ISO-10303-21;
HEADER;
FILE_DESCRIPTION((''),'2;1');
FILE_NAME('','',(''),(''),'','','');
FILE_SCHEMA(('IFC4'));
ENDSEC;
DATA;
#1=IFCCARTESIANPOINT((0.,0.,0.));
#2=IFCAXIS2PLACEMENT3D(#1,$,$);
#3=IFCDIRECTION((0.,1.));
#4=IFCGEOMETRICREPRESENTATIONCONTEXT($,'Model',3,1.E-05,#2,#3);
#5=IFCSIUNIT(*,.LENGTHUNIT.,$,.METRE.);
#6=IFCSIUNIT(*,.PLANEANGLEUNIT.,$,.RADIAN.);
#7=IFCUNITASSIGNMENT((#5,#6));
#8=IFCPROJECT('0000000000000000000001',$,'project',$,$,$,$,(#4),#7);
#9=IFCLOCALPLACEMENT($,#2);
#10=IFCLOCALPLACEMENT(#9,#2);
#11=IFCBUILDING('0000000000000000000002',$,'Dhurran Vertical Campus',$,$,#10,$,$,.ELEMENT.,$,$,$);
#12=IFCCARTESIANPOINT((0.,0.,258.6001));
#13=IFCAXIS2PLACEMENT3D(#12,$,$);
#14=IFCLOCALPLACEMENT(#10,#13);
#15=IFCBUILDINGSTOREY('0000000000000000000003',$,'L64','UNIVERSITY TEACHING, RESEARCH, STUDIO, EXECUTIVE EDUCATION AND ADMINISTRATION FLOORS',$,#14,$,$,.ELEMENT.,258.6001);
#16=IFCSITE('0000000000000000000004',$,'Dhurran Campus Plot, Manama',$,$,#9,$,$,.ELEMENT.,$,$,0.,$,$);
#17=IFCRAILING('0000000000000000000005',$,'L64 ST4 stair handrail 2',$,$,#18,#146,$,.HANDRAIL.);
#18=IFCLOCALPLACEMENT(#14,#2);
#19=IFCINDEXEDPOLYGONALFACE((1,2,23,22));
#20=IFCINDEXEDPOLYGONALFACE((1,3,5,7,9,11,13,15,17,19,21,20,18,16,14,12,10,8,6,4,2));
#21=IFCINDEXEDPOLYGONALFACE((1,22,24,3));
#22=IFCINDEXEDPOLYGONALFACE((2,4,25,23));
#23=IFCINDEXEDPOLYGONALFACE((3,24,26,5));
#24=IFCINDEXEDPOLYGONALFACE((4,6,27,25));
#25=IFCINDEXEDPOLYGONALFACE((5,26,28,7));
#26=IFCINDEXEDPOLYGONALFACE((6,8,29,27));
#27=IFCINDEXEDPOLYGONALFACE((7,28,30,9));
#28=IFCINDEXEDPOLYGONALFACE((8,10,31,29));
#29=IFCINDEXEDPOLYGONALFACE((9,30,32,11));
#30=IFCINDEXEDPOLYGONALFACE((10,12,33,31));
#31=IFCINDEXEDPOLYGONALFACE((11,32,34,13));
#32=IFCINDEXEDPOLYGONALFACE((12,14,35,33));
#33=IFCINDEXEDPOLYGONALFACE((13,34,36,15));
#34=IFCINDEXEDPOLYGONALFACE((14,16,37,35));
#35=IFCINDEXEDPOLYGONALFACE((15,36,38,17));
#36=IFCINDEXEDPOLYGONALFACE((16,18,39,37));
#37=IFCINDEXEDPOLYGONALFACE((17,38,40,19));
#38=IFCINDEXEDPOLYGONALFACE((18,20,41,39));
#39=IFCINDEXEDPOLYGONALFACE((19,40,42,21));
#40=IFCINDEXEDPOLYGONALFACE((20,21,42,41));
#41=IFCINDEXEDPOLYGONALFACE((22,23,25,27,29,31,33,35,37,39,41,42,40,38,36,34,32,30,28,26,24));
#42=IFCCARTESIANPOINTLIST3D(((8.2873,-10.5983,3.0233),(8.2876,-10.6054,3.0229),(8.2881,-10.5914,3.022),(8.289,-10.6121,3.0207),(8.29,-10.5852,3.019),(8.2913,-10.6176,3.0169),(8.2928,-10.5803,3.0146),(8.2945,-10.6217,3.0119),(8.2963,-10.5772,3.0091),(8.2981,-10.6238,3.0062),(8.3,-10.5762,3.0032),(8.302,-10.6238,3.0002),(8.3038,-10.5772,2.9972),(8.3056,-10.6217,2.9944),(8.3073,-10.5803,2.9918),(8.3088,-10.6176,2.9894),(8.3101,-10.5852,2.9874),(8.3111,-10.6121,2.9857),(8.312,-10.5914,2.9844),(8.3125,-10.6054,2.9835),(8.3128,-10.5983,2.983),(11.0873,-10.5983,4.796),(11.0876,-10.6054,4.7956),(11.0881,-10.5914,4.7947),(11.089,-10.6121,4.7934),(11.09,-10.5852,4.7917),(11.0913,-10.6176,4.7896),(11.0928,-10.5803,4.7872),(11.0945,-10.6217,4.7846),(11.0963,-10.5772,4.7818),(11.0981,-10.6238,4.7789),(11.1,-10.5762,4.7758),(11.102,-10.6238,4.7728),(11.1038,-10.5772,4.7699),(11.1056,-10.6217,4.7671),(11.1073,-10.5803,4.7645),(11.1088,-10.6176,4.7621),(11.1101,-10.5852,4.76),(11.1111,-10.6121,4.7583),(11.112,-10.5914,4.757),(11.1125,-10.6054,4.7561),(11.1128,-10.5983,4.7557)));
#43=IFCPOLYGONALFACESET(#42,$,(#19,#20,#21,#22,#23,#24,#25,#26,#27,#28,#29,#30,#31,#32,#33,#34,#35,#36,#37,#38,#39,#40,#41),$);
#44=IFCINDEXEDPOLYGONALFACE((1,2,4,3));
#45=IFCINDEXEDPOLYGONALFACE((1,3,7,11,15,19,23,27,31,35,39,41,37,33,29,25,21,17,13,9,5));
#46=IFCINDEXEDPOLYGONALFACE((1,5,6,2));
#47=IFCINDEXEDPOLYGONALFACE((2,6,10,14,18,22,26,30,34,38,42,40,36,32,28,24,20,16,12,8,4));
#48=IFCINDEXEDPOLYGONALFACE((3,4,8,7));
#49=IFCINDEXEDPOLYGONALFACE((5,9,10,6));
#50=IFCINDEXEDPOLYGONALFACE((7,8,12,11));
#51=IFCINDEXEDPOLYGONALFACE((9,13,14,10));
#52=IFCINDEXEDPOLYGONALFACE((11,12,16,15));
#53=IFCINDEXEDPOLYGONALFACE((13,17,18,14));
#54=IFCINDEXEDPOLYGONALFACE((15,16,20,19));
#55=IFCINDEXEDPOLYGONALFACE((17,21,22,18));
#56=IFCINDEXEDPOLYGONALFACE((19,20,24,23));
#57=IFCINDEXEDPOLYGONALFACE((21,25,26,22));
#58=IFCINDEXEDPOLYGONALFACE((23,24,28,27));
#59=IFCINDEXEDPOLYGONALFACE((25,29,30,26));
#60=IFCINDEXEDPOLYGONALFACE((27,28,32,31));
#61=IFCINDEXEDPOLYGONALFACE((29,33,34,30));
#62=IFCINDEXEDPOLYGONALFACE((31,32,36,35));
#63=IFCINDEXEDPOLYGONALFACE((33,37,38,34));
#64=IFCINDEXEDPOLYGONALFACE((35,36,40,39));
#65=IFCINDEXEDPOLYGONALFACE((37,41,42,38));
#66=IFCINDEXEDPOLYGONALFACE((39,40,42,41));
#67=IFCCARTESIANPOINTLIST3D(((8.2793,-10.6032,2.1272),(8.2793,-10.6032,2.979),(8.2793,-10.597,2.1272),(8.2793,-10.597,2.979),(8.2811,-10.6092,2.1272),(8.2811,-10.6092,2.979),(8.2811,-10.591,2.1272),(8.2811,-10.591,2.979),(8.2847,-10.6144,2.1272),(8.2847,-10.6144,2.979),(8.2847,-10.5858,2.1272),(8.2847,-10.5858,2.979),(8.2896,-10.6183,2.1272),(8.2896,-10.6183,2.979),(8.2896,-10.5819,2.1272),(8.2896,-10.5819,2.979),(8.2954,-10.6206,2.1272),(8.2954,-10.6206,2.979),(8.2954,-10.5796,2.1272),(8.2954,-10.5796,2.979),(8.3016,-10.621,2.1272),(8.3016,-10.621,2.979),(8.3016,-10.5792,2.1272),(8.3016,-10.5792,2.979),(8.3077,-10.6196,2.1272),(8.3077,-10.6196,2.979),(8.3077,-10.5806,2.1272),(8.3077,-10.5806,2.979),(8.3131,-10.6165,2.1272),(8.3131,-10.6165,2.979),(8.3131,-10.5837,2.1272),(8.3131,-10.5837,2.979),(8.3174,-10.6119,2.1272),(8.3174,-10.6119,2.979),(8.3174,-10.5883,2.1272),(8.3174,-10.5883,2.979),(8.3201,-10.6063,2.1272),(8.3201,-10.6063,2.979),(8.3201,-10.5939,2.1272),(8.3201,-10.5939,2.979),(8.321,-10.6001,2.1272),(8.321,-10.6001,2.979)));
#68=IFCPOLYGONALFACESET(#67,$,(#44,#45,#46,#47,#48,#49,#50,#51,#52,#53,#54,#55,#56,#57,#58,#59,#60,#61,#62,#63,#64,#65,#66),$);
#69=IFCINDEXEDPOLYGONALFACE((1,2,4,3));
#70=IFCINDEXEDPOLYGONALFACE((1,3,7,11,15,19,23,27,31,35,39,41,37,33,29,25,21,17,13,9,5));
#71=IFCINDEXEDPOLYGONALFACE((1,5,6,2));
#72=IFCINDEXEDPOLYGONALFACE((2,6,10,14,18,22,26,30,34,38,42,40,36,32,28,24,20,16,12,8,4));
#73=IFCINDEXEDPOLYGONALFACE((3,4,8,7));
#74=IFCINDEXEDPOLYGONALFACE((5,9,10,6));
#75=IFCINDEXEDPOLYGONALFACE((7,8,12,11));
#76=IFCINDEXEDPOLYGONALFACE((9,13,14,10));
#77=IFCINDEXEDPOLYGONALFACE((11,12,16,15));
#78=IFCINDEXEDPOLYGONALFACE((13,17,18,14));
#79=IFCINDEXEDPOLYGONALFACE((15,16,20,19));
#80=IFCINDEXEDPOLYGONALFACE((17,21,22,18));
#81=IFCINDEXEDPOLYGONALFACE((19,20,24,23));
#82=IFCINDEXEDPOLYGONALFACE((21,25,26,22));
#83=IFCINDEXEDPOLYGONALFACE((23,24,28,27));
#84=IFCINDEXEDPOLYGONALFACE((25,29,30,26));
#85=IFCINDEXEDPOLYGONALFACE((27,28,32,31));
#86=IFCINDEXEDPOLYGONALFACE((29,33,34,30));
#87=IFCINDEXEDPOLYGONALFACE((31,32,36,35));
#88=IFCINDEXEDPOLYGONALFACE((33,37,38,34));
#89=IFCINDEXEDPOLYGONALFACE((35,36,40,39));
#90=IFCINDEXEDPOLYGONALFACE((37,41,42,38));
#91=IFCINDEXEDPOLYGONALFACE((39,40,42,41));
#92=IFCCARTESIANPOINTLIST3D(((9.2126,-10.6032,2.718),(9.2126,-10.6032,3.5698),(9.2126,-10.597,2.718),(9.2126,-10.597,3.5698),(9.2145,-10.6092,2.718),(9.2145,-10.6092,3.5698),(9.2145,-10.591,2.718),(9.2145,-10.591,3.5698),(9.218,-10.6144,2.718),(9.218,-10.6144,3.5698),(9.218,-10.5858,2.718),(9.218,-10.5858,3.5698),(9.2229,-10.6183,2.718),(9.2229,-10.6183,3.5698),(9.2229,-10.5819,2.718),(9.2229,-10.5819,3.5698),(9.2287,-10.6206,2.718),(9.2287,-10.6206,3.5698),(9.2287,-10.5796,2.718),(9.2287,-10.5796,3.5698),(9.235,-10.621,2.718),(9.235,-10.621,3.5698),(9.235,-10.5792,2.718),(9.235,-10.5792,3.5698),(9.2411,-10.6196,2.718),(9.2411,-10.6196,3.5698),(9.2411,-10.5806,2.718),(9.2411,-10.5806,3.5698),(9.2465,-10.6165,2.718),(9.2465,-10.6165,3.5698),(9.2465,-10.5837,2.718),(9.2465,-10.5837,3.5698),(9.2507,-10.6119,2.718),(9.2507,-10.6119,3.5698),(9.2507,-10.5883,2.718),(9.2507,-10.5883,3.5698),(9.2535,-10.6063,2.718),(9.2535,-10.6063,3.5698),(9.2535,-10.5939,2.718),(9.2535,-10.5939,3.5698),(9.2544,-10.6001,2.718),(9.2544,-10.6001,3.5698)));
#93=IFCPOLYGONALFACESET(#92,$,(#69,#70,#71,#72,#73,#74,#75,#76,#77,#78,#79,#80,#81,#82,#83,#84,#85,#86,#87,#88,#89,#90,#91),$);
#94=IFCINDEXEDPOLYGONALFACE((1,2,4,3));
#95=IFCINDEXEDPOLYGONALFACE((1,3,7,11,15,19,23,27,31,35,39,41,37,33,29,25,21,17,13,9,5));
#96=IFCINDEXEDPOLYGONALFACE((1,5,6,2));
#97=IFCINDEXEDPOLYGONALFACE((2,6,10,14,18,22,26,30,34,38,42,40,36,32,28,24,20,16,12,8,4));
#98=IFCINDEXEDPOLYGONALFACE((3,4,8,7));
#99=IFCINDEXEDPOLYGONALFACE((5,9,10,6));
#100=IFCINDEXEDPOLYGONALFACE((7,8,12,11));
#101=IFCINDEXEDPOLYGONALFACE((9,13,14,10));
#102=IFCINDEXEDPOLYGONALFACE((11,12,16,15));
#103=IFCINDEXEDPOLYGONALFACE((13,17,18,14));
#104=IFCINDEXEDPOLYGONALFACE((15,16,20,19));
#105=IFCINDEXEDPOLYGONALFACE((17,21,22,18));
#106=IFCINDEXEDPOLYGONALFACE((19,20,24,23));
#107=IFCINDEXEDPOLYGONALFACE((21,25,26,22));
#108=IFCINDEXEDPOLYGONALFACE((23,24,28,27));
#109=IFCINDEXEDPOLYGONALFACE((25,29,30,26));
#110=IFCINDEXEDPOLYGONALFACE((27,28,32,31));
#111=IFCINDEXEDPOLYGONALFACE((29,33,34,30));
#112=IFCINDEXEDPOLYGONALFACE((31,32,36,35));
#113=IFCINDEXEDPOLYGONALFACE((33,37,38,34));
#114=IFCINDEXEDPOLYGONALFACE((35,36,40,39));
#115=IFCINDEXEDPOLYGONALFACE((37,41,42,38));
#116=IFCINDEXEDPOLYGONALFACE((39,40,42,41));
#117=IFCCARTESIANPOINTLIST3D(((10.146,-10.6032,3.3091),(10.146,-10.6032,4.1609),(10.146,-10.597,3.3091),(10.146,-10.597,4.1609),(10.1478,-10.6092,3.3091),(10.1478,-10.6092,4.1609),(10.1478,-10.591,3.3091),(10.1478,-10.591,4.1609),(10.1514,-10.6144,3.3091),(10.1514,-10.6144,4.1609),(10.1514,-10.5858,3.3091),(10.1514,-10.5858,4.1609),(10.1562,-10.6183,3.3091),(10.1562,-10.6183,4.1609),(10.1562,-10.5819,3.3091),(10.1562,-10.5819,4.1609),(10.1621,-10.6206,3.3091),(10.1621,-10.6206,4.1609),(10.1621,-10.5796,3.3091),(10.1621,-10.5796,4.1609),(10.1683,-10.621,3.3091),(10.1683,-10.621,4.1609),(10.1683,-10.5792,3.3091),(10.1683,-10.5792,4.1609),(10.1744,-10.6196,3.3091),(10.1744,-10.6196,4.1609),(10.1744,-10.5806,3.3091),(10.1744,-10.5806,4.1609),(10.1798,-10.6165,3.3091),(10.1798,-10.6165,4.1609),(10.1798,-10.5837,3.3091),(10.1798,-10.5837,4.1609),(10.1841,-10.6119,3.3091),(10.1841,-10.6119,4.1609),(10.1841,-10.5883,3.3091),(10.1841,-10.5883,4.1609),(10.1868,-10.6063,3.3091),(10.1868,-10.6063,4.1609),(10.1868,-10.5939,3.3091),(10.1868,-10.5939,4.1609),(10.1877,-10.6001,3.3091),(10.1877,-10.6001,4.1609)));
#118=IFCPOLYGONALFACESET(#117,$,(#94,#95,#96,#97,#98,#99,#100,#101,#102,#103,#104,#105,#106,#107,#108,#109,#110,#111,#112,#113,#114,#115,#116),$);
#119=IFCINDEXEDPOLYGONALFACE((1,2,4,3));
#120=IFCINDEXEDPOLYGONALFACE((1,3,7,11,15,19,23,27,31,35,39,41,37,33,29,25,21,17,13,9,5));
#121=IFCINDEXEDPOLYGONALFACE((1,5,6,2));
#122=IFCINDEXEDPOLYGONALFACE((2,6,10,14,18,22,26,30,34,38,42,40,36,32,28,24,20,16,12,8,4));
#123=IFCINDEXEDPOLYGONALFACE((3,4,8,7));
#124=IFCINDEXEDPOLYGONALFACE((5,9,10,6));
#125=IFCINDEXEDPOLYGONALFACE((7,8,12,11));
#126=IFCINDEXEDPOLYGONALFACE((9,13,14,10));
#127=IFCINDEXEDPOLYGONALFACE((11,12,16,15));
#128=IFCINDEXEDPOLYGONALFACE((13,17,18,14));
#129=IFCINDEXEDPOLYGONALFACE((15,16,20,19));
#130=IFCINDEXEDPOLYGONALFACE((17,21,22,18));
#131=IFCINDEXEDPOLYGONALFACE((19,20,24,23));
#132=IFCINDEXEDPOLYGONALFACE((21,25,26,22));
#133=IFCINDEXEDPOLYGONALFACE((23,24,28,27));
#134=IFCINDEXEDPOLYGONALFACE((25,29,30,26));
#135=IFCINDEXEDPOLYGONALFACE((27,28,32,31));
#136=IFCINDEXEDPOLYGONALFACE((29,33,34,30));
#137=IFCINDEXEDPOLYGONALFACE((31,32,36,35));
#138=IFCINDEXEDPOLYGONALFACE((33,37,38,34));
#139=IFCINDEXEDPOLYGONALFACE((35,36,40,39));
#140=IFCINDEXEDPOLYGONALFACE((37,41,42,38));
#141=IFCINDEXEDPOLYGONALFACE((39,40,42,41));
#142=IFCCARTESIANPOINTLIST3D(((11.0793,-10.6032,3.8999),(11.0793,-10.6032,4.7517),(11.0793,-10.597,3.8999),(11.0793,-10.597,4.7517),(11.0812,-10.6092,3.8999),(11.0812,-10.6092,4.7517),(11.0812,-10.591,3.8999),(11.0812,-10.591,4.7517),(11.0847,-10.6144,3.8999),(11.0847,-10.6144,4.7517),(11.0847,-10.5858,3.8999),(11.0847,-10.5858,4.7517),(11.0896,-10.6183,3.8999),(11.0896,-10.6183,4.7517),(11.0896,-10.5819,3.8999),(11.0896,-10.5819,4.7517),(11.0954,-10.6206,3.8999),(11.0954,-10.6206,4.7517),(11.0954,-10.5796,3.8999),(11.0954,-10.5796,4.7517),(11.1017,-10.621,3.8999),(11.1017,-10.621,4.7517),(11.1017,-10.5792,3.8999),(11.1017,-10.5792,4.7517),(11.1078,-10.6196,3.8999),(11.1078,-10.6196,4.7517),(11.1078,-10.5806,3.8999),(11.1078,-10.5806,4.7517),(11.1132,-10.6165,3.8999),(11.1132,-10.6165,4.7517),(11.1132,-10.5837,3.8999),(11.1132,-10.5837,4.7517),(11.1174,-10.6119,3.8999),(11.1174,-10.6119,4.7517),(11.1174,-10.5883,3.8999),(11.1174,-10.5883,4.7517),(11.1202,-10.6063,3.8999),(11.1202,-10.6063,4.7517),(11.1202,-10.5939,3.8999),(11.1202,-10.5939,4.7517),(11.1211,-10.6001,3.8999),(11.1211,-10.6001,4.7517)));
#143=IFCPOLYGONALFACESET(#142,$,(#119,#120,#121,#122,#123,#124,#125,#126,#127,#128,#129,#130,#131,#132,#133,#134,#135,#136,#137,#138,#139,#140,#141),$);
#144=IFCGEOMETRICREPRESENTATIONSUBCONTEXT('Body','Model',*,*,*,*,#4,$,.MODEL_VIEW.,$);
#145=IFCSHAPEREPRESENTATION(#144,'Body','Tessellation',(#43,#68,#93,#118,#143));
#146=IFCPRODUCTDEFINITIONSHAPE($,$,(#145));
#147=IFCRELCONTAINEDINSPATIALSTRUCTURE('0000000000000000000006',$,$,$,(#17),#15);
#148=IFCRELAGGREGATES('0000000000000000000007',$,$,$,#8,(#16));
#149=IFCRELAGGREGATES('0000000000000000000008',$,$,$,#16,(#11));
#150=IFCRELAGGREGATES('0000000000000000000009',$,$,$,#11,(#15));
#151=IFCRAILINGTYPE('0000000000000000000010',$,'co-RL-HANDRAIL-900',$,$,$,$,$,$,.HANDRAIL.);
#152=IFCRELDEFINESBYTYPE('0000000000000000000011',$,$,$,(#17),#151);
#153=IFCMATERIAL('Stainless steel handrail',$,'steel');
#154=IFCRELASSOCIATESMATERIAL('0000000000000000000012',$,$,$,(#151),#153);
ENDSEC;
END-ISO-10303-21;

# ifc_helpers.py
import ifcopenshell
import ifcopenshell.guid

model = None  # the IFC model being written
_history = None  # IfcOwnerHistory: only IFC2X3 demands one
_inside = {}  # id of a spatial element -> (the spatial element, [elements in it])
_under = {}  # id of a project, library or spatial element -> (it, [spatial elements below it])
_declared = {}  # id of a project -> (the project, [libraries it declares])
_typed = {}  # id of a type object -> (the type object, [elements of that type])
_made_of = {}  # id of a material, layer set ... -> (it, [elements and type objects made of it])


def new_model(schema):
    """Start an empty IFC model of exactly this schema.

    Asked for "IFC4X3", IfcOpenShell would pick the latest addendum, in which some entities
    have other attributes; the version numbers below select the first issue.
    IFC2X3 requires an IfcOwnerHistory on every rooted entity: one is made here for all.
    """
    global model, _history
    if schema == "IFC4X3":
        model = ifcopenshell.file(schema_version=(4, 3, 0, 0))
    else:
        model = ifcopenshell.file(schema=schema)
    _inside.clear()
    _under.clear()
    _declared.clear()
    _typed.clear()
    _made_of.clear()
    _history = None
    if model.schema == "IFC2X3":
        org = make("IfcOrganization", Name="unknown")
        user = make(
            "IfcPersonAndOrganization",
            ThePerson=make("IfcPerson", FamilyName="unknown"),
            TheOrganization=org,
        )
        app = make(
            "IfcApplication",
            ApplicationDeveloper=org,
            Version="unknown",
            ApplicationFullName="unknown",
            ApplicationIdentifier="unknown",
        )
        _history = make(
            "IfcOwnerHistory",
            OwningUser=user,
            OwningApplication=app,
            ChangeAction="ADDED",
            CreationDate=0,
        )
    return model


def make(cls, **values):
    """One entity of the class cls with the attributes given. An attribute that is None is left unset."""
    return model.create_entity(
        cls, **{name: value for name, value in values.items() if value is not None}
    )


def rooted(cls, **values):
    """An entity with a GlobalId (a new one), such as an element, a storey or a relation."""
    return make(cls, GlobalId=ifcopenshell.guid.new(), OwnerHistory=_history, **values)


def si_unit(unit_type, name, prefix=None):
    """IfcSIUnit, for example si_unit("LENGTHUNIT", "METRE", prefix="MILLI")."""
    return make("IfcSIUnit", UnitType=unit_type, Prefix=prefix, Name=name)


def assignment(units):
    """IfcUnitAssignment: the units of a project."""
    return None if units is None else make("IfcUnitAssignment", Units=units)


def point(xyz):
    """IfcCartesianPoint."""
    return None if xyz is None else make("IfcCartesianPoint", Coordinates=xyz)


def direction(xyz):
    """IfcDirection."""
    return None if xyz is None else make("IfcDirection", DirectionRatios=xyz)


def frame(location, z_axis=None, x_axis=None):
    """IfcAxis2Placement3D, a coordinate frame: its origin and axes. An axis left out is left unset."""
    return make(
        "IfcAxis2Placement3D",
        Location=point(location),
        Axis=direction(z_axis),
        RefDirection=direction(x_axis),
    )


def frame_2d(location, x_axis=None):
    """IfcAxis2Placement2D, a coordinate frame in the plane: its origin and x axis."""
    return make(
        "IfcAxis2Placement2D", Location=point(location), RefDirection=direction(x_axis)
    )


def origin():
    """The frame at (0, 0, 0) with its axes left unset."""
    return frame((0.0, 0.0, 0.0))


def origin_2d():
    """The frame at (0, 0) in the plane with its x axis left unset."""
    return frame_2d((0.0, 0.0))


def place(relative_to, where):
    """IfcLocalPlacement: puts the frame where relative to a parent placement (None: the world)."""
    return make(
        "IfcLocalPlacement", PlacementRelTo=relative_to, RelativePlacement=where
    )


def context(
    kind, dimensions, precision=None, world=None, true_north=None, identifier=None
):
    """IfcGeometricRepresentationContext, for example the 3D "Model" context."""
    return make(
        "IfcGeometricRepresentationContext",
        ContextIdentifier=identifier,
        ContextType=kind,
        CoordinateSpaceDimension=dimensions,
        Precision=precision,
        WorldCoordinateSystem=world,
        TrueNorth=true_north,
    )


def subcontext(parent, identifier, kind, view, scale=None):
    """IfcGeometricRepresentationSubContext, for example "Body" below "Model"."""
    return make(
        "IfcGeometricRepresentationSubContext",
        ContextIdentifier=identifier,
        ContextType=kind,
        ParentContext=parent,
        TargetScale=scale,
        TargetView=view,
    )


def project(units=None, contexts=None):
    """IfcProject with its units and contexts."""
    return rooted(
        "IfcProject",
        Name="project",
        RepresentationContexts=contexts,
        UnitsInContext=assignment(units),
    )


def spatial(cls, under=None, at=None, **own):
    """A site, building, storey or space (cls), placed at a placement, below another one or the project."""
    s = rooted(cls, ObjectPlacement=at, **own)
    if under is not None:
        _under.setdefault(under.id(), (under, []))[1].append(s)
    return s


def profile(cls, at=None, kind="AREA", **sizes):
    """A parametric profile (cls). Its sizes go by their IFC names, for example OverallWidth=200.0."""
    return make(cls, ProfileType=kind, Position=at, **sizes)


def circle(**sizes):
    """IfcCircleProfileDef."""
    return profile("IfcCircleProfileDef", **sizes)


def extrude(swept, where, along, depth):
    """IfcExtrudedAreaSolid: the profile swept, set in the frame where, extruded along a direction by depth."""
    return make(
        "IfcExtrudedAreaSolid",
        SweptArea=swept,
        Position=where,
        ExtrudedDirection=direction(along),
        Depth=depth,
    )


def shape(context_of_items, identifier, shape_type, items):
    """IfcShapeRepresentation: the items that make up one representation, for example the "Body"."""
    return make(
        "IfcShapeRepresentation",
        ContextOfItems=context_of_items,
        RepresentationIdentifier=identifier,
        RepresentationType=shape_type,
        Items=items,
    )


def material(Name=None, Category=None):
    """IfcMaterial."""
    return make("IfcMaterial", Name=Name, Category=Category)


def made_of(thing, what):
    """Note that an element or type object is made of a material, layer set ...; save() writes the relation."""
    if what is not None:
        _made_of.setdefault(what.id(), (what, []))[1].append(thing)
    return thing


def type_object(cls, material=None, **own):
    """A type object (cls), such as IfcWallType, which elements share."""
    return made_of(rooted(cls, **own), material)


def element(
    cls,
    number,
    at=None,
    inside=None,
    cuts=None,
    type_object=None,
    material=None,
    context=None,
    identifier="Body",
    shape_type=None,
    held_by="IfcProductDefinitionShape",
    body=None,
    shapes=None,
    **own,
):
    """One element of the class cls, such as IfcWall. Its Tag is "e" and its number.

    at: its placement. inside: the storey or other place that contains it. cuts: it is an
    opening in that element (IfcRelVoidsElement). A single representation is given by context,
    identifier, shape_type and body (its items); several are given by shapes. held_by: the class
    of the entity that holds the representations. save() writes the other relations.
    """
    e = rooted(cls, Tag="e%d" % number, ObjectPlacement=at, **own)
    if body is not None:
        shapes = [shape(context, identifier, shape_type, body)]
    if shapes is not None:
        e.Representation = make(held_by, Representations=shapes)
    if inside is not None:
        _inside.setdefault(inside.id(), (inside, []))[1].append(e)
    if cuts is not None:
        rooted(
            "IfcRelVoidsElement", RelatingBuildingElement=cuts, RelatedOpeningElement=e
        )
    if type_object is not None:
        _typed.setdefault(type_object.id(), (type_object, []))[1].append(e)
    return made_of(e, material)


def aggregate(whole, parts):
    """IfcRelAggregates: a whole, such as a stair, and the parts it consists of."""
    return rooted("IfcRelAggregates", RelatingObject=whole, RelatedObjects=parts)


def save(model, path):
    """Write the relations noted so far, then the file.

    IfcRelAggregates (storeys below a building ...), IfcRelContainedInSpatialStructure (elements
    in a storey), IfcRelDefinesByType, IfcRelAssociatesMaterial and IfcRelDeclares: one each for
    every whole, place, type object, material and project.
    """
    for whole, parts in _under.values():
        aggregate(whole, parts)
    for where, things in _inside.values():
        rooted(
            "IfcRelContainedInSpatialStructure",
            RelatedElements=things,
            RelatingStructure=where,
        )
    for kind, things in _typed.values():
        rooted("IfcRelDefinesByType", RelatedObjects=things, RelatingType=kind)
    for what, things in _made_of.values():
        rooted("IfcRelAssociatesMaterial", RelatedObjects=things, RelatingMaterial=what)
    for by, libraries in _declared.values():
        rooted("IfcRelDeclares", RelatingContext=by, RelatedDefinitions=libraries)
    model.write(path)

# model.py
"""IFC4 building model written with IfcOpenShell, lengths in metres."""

from ifc_helpers import new_model, si_unit, direction, frame, origin, origin_2d, place, context, subcontext, project, spatial, circle, extrude, material, type_object, element, save


model = new_model("IFC4")

# Units and contexts
model_context = context("Model", 3, precision=1e-05, world=origin(), true_north=direction((0.0, 1.0)))
body_context = subcontext(model_context, "Body", "Model", "MODEL_VIEW")
ifc_project = project(units=[si_unit("LENGTHUNIT", "METRE"), si_unit("PLANEANGLEUNIT", "RADIAN")], contexts=[model_context])

# Site, building, storey
site_placement = place(None, origin())
site = spatial("IfcSite", under=ifc_project, at=site_placement, Name="Dhurran Campus Plot, Manama", CompositionType="ELEMENT", RefElevation=0.0)
building_placement = place(site_placement, origin())
building = spatial("IfcBuilding", under=site, at=building_placement, Name="Dhurran Vertical Campus", CompositionType="ELEMENT")
storey_placement = place(building_placement, frame((0.0, 0.0, 258.6001)))
storey = spatial("IfcBuildingStorey", under=building, at=storey_placement, Name="L64", Description="UNIVERSITY TEACHING, RESEARCH, STUDIO, EXECUTIVE EDUCATION AND ADMINISTRATION FLOORS", CompositionType="ELEMENT", Elevation=258.6001)

# Railing
ifc_material_1 = material(Name="Stainless steel handrail", Category="steel")
railing_type_1 = type_object("IfcRailingType", Name="co-RL-HANDRAIL-900", PredefinedType="HANDRAIL", material=ifc_material_1)
railing_1_placement = place(storey_placement, frame((8.3, -10.6001, 2.1272)))
element("IfcRailing", 1, at=railing_1_placement, inside=storey, type_object=railing_type_1, Name="L64 ST4 stair handrail 2", PredefinedType="HANDRAIL", context=body_context, shape_type="SweptSolid", body=[
    extrude(circle(Radius=0.0239, at=origin_2d()), frame((0.0, 0.0, 0.876), z_axis=(0.844909, 0.0, 0.53491), x_axis=(0.0, 1.0, 0.0)), (0.0, 0.0, 1.0), 3.314),
    extrude(circle(Radius=0.021, at=origin_2d()), origin(), (0.0, 0.0, 1.0), 0.8518),
    extrude(circle(Radius=0.021, at=origin_2d()), frame((0.9333, 0.0, 0.5908)), (0.0, 0.0, 1.0), 0.8518),
    extrude(circle(Radius=0.021, at=origin_2d()), frame((1.8667, 0.0, 1.1819)), (0.0, 0.0, 1.0), 0.8518),
    extrude(circle(Radius=0.021, at=origin_2d()), frame((2.8, 0.0, 1.7727)), (0.0, 0.0, 1.0), 0.8518),
])

save(model, "model.ifc")
